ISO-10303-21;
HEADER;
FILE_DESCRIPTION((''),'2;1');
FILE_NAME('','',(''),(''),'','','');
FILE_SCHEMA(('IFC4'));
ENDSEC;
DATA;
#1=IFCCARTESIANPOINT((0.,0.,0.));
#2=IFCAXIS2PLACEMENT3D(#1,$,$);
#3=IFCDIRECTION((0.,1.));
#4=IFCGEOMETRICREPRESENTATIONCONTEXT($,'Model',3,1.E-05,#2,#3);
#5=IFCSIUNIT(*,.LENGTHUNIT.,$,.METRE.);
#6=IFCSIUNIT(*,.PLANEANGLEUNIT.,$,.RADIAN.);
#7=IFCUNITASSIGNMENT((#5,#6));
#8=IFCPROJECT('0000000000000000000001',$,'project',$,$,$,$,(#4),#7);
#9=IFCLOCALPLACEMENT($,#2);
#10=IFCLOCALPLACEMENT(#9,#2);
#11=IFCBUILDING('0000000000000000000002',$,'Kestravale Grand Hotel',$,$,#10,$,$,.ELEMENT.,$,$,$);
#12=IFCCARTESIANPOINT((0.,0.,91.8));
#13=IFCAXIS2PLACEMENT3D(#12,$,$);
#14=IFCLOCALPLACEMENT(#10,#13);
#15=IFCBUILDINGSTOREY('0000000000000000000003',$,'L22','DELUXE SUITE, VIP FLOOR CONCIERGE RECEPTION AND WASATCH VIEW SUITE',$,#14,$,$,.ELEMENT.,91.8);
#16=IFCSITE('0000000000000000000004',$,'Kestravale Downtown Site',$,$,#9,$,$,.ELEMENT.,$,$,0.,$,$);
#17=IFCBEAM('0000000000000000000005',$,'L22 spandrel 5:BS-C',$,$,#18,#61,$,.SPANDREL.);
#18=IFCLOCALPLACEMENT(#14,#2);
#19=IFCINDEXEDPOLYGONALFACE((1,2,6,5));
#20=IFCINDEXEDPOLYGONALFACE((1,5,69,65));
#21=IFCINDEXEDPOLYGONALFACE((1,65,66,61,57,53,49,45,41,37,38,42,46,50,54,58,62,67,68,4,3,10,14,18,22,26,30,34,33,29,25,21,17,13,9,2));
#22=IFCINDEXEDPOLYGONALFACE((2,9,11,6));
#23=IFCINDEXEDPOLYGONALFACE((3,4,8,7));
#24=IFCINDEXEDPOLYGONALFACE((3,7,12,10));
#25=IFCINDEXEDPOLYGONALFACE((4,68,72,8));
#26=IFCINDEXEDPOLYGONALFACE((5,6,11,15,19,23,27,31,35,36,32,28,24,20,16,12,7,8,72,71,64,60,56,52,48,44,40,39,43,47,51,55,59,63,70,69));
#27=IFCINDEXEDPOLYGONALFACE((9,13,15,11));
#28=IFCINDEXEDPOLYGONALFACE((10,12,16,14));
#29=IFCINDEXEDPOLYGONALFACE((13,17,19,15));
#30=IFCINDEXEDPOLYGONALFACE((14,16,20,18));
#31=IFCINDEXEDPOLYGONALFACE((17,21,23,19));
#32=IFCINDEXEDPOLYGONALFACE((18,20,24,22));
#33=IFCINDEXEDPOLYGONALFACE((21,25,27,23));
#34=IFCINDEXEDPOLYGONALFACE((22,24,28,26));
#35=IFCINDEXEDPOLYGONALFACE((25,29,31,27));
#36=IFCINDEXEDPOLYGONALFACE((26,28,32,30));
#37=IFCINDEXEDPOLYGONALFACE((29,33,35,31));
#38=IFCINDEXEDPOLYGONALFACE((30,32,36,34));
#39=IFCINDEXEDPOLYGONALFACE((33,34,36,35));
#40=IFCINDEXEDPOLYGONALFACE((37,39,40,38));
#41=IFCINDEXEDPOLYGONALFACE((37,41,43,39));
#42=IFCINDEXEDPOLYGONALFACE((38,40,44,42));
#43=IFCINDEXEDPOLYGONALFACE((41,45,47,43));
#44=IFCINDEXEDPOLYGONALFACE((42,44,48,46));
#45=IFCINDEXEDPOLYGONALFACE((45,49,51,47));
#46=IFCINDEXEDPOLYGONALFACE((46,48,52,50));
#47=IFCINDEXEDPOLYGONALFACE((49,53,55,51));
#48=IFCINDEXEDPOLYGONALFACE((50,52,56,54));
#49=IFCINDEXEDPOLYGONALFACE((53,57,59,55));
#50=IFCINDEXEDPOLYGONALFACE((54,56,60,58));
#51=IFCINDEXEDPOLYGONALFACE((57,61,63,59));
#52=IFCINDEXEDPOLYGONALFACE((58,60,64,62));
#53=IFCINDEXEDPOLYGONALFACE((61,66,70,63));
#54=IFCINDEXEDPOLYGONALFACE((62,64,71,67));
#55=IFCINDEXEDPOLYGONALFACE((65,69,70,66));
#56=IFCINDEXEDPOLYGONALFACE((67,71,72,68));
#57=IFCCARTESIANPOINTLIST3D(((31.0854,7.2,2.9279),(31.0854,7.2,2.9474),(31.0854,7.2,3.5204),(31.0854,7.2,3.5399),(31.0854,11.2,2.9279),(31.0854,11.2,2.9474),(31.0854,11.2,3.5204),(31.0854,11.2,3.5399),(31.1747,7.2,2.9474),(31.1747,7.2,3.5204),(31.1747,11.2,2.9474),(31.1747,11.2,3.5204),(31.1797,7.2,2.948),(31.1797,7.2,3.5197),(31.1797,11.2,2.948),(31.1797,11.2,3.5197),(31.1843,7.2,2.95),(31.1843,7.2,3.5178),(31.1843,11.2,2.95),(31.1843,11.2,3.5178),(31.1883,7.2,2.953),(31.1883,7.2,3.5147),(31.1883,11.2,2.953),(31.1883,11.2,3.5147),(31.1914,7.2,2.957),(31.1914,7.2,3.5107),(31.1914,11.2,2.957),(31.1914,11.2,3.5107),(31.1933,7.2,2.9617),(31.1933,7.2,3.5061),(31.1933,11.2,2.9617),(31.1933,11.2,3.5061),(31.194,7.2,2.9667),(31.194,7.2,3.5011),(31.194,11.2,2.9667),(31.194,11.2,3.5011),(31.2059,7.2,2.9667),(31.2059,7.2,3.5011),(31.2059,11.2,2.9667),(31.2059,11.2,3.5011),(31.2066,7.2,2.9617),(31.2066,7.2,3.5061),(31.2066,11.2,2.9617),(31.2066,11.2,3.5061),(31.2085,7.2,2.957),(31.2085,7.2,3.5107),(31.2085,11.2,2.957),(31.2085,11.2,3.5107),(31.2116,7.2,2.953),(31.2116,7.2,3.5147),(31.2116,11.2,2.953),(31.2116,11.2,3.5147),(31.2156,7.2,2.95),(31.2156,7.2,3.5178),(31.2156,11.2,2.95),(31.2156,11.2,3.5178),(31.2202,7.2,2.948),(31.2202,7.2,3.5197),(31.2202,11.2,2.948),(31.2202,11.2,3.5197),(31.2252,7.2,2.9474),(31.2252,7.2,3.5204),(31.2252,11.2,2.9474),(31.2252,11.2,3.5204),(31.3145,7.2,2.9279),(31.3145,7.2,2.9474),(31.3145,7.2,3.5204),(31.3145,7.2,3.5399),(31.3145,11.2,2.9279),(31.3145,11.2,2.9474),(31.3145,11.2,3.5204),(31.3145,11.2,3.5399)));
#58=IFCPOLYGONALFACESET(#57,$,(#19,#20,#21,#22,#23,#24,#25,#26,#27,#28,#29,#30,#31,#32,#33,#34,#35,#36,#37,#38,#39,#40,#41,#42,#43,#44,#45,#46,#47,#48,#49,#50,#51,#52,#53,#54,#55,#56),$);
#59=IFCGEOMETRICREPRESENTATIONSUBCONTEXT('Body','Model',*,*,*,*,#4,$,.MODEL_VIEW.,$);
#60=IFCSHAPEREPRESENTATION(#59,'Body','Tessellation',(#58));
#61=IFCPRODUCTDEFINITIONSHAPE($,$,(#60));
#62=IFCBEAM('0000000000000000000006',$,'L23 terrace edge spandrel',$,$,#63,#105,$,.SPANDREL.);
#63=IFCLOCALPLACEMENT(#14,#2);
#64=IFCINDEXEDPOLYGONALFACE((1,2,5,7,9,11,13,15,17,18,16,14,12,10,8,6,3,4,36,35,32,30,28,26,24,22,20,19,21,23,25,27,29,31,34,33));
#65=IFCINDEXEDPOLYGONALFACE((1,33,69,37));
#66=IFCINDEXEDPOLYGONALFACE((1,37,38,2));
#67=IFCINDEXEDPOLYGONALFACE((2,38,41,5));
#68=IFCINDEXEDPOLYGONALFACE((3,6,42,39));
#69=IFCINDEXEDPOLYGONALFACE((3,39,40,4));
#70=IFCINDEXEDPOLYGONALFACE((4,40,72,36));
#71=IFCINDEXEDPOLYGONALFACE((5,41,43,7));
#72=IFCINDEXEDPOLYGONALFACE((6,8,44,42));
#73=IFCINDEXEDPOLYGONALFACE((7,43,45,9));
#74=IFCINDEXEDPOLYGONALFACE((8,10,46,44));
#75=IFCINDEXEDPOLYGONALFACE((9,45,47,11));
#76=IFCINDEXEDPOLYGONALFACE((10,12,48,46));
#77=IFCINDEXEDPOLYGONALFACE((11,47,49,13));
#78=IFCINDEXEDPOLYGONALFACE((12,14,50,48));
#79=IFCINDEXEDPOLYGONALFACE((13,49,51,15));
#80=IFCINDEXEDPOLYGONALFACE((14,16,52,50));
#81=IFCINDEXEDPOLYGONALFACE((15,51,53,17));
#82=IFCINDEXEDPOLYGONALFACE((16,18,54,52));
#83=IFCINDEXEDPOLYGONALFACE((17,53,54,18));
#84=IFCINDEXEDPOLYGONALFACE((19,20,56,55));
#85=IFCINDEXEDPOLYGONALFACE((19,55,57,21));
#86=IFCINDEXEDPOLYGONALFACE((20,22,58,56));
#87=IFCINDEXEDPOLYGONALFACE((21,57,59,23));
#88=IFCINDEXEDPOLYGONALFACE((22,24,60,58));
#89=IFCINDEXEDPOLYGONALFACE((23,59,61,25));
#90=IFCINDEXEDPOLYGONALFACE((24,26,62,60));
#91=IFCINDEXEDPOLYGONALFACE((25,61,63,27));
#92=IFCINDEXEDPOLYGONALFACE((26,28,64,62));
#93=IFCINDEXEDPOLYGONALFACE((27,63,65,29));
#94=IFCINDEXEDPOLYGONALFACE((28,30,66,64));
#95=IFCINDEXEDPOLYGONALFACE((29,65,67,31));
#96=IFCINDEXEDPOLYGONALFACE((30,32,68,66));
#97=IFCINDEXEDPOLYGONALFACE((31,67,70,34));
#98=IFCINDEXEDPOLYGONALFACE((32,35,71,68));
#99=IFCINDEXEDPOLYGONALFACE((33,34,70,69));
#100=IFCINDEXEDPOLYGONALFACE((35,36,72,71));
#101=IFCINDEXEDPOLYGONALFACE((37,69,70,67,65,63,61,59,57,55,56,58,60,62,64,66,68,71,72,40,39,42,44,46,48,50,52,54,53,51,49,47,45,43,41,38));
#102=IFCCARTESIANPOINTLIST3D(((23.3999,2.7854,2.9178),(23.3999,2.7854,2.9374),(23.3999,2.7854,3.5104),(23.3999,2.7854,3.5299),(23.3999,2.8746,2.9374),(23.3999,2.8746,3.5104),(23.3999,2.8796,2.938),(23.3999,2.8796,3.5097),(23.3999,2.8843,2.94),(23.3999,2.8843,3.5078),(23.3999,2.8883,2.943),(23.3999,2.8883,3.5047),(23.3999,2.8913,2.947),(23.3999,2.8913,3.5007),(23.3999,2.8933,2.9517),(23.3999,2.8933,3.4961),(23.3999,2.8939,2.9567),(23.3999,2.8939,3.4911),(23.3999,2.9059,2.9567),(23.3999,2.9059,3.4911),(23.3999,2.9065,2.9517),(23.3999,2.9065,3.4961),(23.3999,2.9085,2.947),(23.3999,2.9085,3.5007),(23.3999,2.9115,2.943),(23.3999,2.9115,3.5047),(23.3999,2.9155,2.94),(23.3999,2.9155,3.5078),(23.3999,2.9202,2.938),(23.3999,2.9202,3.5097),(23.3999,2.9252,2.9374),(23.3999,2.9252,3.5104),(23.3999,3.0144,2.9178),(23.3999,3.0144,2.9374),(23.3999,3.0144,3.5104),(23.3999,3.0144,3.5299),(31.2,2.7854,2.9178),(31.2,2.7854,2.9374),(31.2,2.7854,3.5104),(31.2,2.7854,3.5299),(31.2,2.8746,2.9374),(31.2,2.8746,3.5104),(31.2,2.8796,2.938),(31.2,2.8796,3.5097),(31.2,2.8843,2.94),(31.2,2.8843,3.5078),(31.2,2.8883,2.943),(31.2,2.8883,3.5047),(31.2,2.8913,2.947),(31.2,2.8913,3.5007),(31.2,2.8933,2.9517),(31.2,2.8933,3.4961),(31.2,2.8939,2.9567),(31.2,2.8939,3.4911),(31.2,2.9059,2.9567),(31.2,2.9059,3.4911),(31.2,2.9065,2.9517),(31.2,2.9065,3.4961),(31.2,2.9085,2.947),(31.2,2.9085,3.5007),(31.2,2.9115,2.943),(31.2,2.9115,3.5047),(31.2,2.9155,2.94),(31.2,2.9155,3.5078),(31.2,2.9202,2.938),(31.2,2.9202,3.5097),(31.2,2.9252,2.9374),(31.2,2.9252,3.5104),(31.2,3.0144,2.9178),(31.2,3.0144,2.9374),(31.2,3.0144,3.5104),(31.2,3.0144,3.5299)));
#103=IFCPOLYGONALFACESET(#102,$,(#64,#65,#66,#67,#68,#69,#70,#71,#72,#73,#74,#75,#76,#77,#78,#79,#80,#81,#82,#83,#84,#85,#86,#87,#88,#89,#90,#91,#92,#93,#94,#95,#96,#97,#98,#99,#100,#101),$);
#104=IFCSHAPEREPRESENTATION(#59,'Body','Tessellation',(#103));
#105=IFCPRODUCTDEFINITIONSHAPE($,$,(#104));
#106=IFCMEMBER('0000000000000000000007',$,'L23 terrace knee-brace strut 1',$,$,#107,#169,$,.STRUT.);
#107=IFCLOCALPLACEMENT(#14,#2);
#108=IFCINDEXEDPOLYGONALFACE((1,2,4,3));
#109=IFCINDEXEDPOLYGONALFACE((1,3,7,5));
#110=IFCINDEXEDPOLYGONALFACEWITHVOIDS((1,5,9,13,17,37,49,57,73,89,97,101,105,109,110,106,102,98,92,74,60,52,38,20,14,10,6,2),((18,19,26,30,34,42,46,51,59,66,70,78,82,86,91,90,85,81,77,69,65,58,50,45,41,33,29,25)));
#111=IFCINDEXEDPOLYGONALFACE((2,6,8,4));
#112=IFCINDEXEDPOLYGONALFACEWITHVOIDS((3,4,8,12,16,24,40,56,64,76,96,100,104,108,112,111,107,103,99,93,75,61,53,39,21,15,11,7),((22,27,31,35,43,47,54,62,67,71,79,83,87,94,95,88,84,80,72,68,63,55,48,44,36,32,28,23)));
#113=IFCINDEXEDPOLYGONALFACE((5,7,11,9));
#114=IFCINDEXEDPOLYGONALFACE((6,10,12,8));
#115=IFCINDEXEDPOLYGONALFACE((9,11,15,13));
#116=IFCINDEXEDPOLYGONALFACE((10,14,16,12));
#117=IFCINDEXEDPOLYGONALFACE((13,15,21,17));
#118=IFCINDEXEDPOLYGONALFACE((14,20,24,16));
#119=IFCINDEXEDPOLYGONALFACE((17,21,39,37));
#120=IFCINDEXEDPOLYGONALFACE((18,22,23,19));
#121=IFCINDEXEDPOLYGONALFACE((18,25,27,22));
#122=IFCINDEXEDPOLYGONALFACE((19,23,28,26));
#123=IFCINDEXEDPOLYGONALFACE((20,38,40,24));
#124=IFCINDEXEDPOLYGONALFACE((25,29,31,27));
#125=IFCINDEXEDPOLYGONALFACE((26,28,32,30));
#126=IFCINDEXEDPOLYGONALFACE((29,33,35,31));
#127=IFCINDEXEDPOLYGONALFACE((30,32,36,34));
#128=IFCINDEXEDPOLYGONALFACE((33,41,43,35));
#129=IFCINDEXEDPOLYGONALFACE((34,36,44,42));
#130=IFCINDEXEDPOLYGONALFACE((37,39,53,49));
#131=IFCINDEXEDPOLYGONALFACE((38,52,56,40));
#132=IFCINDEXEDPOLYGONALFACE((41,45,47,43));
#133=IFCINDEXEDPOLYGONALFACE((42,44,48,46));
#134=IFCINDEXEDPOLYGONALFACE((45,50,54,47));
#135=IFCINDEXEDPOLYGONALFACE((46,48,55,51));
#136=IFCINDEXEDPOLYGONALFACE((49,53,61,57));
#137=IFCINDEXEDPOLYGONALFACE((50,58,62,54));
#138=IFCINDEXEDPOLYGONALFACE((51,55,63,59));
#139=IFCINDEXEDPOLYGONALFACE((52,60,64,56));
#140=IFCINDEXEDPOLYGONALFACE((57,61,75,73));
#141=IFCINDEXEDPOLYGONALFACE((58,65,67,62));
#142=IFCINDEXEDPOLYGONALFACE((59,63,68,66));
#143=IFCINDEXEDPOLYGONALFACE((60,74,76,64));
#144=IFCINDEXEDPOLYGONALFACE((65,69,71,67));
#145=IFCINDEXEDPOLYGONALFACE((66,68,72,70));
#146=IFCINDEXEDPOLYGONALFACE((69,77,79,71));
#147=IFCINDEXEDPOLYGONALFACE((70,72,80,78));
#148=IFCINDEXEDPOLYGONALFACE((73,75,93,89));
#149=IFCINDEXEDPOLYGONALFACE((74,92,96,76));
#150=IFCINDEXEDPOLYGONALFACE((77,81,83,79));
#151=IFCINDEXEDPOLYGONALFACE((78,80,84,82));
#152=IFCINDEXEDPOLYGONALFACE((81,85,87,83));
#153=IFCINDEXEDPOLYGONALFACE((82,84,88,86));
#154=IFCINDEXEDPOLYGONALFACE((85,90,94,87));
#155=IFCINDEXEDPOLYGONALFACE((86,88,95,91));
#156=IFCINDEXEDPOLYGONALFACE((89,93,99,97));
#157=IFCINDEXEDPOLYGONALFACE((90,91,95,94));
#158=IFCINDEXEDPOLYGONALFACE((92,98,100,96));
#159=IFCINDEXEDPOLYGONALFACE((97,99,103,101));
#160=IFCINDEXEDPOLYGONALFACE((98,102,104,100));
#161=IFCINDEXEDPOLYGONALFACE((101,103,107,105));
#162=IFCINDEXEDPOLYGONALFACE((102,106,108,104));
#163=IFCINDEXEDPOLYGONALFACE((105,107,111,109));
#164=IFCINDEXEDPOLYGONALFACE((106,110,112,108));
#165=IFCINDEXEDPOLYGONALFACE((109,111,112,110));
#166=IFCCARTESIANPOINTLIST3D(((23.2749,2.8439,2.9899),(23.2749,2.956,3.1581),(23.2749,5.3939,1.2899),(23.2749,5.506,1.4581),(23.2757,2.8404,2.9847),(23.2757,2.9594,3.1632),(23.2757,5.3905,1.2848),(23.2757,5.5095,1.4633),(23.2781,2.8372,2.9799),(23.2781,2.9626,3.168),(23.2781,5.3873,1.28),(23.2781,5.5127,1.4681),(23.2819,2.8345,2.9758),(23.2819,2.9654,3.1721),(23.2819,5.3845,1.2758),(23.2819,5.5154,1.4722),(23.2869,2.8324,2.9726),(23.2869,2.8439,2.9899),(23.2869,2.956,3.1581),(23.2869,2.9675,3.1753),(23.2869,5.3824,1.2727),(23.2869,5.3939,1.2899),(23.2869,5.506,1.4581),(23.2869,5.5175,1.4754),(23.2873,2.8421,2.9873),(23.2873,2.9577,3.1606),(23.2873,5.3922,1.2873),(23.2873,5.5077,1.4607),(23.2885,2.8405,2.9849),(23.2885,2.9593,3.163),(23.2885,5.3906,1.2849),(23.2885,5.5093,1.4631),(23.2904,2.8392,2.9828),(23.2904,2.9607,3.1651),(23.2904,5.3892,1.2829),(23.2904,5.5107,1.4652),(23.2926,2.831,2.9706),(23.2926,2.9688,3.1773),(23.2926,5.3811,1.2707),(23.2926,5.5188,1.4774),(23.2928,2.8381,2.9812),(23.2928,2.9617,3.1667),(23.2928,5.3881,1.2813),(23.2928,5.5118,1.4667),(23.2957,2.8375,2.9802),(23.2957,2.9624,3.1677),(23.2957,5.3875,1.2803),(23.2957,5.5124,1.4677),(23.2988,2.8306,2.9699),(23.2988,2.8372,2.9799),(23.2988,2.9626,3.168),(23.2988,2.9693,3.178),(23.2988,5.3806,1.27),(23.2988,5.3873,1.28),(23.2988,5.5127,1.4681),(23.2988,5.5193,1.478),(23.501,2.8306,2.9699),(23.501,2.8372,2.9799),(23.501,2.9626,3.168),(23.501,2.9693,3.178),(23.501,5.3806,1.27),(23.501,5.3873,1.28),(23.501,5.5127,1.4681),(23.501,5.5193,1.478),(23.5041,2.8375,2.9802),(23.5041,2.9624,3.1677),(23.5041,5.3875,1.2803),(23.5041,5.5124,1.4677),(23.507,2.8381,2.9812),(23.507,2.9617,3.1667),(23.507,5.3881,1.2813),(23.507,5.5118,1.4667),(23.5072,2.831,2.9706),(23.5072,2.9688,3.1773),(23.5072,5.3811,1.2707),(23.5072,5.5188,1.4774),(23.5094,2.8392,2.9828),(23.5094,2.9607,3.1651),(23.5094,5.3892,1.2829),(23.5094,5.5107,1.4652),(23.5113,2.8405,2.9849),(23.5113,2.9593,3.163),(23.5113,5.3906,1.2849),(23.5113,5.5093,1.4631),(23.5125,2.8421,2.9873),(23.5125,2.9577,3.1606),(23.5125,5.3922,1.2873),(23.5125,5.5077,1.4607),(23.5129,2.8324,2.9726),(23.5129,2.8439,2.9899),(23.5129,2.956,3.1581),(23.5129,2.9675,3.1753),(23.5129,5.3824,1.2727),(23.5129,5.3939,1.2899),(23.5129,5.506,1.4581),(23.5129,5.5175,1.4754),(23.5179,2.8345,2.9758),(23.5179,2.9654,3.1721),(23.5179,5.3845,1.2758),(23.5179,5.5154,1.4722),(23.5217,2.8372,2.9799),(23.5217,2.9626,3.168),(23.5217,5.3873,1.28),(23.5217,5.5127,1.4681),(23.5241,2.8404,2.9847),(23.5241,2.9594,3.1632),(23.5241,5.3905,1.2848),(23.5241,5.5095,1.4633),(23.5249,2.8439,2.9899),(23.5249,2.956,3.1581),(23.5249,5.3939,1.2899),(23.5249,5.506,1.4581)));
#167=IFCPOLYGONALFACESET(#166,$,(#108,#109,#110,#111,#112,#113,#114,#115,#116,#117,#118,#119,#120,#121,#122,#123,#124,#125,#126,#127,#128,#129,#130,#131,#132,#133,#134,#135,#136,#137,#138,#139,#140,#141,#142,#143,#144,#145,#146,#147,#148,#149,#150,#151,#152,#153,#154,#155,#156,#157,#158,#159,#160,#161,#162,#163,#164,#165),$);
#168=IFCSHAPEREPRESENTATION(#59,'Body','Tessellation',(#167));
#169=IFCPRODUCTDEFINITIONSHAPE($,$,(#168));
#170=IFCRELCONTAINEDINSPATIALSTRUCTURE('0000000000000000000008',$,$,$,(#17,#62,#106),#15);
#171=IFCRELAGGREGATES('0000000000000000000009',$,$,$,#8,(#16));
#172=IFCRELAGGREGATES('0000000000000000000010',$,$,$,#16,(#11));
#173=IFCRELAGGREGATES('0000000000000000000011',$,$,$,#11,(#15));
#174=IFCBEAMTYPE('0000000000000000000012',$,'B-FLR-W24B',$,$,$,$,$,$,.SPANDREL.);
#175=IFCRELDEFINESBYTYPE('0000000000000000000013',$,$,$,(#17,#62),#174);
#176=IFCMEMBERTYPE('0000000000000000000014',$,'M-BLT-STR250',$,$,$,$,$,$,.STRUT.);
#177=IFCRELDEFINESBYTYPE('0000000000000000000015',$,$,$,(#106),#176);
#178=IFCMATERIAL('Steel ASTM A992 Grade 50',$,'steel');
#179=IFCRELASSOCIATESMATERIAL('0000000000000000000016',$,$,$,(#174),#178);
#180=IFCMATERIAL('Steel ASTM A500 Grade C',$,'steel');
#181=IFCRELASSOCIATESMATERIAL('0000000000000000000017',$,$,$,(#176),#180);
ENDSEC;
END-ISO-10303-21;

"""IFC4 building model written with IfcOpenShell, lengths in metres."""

from ifc_helpers import new_model, si_unit, direction, frame, origin, origin_2d, place, context, subcontext, project, spatial, hollow_rectangle, i_section, extrude, material, material_profile, profile_set, type_object, element, save


model = new_model("IFC4")

# Units and contexts
model_context = context("Model", 3, precision=1e-05, world=origin(), true_north=direction((0.0, 1.0)))
body_context = subcontext(model_context, "Body", "Model", "MODEL_VIEW")
ifc_project = project(units=[si_unit("LENGTHUNIT", "METRE"), si_unit("PLANEANGLEUNIT", "RADIAN")], contexts=[model_context])

# Site, building, storey
site_placement = place(None, origin())
site = spatial("IfcSite", under=ifc_project, at=site_placement, Name="Kestravale Downtown Site", CompositionType="ELEMENT", RefElevation=0.0)
building_placement = place(site_placement, origin())
building = spatial("IfcBuilding", under=site, at=building_placement, Name="Kestravale Grand Hotel", CompositionType="ELEMENT")
storey_placement = place(building_placement, frame((0.0, 0.0, 91.8)))
storey = spatial("IfcBuildingStorey", under=building, at=storey_placement, Name="L22", Description="DELUXE SUITE, VIP FLOOR CONCIERGE RECEPTION AND WASATCH VIEW SUITE", CompositionType="ELEMENT", Elevation=91.8)

# Beams
ifc_material_1 = material(Name="Steel ASTM A992 Grade 50", Category="steel")
ifc_material_profile_1 = material_profile(ifc_material_1, i_section(OverallWidth=0.229, OverallDepth=0.6121, WebThickness=0.012, FlangeThickness=0.0195, FilletRadius=0.0193, at=origin_2d()))
ifc_profile_set_1 = profile_set([ifc_material_profile_1], Name="Steel ASTM A992 Grade 50")
beam_type_1 = type_object("IfcBeamType", Name="B-FLR-W24B", PredefinedType="SPANDREL", material=ifc_profile_set_1)
beam_1_placement = place(storey_placement, frame((31.2, 7.2, 3.2339), z_axis=(0.0, 1.0, 0.0), x_axis=(-1.0, 0.0, 0.0)))
element("IfcBeam", 1, at=beam_1_placement, inside=storey, type_object=beam_type_1, Name="L22 spandrel 5:BS-C", PredefinedType="SPANDREL", context=body_context, shape_type="SweptSolid", body=[
    extrude(i_section(OverallWidth=0.229, OverallDepth=0.6121, WebThickness=0.012, FlangeThickness=0.0195, FilletRadius=0.0193, at=origin_2d()), origin(), (0.0, 0.0, 1.0), 4.0),
])
beam_2_placement = place(storey_placement, frame((23.3999, 2.8999, 3.2239), z_axis=(1.0, 0.0, 0.0), x_axis=(0.0, 1.0, 0.0)))
element("IfcBeam", 2, at=beam_2_placement, inside=storey, type_object=beam_type_1, Name="L23 terrace edge spandrel", PredefinedType="SPANDREL", context=body_context, shape_type="SweptSolid", body=[
    extrude(i_section(OverallWidth=0.229, OverallDepth=0.6121, WebThickness=0.012, FlangeThickness=0.0195, FilletRadius=0.0193, at=origin_2d()), origin(), (0.0, 0.0, 1.0), 7.8),
])

# Member
ifc_material_2 = material(Name="Steel ASTM A500 Grade C", Category="steel")
ifc_material_profile_2 = material_profile(ifc_material_2, hollow_rectangle(XDim=0.25, YDim=0.25, WallThickness=0.012, InnerFilletRadius=0.012, OuterFilletRadius=0.0239, at=origin_2d()))
ifc_profile_set_2 = profile_set([ifc_material_profile_2], Name="Steel ASTM A500 Grade C")
member_type = type_object("IfcMemberType", Name="M-BLT-STR250", PredefinedType="STRUT", material=ifc_profile_set_2)
for number, where, z_axis, x_axis, name in (
    (3, (23.3999, 5.45, 1.374), (0.0, -0.832063, 0.554682), (1.0, 0.0, 0.0), "L23 terrace knee-brace strut 1"),
):
    element("IfcMember", number, at=place(storey_placement, frame(where, z_axis=z_axis, x_axis=x_axis)), inside=storey, type_object=member_type, Name=name, PredefinedType="STRUT", context=body_context, shape_type="SweptSolid", body=[
        extrude(hollow_rectangle(XDim=0.25, YDim=0.25, WallThickness=0.012, InnerFilletRadius=0.012, OuterFilletRadius=0.0239, at=origin_2d()), origin(), (0.0, 0.0, 1.0), 3.0647),
    ])

save(model, "model.ifc")
